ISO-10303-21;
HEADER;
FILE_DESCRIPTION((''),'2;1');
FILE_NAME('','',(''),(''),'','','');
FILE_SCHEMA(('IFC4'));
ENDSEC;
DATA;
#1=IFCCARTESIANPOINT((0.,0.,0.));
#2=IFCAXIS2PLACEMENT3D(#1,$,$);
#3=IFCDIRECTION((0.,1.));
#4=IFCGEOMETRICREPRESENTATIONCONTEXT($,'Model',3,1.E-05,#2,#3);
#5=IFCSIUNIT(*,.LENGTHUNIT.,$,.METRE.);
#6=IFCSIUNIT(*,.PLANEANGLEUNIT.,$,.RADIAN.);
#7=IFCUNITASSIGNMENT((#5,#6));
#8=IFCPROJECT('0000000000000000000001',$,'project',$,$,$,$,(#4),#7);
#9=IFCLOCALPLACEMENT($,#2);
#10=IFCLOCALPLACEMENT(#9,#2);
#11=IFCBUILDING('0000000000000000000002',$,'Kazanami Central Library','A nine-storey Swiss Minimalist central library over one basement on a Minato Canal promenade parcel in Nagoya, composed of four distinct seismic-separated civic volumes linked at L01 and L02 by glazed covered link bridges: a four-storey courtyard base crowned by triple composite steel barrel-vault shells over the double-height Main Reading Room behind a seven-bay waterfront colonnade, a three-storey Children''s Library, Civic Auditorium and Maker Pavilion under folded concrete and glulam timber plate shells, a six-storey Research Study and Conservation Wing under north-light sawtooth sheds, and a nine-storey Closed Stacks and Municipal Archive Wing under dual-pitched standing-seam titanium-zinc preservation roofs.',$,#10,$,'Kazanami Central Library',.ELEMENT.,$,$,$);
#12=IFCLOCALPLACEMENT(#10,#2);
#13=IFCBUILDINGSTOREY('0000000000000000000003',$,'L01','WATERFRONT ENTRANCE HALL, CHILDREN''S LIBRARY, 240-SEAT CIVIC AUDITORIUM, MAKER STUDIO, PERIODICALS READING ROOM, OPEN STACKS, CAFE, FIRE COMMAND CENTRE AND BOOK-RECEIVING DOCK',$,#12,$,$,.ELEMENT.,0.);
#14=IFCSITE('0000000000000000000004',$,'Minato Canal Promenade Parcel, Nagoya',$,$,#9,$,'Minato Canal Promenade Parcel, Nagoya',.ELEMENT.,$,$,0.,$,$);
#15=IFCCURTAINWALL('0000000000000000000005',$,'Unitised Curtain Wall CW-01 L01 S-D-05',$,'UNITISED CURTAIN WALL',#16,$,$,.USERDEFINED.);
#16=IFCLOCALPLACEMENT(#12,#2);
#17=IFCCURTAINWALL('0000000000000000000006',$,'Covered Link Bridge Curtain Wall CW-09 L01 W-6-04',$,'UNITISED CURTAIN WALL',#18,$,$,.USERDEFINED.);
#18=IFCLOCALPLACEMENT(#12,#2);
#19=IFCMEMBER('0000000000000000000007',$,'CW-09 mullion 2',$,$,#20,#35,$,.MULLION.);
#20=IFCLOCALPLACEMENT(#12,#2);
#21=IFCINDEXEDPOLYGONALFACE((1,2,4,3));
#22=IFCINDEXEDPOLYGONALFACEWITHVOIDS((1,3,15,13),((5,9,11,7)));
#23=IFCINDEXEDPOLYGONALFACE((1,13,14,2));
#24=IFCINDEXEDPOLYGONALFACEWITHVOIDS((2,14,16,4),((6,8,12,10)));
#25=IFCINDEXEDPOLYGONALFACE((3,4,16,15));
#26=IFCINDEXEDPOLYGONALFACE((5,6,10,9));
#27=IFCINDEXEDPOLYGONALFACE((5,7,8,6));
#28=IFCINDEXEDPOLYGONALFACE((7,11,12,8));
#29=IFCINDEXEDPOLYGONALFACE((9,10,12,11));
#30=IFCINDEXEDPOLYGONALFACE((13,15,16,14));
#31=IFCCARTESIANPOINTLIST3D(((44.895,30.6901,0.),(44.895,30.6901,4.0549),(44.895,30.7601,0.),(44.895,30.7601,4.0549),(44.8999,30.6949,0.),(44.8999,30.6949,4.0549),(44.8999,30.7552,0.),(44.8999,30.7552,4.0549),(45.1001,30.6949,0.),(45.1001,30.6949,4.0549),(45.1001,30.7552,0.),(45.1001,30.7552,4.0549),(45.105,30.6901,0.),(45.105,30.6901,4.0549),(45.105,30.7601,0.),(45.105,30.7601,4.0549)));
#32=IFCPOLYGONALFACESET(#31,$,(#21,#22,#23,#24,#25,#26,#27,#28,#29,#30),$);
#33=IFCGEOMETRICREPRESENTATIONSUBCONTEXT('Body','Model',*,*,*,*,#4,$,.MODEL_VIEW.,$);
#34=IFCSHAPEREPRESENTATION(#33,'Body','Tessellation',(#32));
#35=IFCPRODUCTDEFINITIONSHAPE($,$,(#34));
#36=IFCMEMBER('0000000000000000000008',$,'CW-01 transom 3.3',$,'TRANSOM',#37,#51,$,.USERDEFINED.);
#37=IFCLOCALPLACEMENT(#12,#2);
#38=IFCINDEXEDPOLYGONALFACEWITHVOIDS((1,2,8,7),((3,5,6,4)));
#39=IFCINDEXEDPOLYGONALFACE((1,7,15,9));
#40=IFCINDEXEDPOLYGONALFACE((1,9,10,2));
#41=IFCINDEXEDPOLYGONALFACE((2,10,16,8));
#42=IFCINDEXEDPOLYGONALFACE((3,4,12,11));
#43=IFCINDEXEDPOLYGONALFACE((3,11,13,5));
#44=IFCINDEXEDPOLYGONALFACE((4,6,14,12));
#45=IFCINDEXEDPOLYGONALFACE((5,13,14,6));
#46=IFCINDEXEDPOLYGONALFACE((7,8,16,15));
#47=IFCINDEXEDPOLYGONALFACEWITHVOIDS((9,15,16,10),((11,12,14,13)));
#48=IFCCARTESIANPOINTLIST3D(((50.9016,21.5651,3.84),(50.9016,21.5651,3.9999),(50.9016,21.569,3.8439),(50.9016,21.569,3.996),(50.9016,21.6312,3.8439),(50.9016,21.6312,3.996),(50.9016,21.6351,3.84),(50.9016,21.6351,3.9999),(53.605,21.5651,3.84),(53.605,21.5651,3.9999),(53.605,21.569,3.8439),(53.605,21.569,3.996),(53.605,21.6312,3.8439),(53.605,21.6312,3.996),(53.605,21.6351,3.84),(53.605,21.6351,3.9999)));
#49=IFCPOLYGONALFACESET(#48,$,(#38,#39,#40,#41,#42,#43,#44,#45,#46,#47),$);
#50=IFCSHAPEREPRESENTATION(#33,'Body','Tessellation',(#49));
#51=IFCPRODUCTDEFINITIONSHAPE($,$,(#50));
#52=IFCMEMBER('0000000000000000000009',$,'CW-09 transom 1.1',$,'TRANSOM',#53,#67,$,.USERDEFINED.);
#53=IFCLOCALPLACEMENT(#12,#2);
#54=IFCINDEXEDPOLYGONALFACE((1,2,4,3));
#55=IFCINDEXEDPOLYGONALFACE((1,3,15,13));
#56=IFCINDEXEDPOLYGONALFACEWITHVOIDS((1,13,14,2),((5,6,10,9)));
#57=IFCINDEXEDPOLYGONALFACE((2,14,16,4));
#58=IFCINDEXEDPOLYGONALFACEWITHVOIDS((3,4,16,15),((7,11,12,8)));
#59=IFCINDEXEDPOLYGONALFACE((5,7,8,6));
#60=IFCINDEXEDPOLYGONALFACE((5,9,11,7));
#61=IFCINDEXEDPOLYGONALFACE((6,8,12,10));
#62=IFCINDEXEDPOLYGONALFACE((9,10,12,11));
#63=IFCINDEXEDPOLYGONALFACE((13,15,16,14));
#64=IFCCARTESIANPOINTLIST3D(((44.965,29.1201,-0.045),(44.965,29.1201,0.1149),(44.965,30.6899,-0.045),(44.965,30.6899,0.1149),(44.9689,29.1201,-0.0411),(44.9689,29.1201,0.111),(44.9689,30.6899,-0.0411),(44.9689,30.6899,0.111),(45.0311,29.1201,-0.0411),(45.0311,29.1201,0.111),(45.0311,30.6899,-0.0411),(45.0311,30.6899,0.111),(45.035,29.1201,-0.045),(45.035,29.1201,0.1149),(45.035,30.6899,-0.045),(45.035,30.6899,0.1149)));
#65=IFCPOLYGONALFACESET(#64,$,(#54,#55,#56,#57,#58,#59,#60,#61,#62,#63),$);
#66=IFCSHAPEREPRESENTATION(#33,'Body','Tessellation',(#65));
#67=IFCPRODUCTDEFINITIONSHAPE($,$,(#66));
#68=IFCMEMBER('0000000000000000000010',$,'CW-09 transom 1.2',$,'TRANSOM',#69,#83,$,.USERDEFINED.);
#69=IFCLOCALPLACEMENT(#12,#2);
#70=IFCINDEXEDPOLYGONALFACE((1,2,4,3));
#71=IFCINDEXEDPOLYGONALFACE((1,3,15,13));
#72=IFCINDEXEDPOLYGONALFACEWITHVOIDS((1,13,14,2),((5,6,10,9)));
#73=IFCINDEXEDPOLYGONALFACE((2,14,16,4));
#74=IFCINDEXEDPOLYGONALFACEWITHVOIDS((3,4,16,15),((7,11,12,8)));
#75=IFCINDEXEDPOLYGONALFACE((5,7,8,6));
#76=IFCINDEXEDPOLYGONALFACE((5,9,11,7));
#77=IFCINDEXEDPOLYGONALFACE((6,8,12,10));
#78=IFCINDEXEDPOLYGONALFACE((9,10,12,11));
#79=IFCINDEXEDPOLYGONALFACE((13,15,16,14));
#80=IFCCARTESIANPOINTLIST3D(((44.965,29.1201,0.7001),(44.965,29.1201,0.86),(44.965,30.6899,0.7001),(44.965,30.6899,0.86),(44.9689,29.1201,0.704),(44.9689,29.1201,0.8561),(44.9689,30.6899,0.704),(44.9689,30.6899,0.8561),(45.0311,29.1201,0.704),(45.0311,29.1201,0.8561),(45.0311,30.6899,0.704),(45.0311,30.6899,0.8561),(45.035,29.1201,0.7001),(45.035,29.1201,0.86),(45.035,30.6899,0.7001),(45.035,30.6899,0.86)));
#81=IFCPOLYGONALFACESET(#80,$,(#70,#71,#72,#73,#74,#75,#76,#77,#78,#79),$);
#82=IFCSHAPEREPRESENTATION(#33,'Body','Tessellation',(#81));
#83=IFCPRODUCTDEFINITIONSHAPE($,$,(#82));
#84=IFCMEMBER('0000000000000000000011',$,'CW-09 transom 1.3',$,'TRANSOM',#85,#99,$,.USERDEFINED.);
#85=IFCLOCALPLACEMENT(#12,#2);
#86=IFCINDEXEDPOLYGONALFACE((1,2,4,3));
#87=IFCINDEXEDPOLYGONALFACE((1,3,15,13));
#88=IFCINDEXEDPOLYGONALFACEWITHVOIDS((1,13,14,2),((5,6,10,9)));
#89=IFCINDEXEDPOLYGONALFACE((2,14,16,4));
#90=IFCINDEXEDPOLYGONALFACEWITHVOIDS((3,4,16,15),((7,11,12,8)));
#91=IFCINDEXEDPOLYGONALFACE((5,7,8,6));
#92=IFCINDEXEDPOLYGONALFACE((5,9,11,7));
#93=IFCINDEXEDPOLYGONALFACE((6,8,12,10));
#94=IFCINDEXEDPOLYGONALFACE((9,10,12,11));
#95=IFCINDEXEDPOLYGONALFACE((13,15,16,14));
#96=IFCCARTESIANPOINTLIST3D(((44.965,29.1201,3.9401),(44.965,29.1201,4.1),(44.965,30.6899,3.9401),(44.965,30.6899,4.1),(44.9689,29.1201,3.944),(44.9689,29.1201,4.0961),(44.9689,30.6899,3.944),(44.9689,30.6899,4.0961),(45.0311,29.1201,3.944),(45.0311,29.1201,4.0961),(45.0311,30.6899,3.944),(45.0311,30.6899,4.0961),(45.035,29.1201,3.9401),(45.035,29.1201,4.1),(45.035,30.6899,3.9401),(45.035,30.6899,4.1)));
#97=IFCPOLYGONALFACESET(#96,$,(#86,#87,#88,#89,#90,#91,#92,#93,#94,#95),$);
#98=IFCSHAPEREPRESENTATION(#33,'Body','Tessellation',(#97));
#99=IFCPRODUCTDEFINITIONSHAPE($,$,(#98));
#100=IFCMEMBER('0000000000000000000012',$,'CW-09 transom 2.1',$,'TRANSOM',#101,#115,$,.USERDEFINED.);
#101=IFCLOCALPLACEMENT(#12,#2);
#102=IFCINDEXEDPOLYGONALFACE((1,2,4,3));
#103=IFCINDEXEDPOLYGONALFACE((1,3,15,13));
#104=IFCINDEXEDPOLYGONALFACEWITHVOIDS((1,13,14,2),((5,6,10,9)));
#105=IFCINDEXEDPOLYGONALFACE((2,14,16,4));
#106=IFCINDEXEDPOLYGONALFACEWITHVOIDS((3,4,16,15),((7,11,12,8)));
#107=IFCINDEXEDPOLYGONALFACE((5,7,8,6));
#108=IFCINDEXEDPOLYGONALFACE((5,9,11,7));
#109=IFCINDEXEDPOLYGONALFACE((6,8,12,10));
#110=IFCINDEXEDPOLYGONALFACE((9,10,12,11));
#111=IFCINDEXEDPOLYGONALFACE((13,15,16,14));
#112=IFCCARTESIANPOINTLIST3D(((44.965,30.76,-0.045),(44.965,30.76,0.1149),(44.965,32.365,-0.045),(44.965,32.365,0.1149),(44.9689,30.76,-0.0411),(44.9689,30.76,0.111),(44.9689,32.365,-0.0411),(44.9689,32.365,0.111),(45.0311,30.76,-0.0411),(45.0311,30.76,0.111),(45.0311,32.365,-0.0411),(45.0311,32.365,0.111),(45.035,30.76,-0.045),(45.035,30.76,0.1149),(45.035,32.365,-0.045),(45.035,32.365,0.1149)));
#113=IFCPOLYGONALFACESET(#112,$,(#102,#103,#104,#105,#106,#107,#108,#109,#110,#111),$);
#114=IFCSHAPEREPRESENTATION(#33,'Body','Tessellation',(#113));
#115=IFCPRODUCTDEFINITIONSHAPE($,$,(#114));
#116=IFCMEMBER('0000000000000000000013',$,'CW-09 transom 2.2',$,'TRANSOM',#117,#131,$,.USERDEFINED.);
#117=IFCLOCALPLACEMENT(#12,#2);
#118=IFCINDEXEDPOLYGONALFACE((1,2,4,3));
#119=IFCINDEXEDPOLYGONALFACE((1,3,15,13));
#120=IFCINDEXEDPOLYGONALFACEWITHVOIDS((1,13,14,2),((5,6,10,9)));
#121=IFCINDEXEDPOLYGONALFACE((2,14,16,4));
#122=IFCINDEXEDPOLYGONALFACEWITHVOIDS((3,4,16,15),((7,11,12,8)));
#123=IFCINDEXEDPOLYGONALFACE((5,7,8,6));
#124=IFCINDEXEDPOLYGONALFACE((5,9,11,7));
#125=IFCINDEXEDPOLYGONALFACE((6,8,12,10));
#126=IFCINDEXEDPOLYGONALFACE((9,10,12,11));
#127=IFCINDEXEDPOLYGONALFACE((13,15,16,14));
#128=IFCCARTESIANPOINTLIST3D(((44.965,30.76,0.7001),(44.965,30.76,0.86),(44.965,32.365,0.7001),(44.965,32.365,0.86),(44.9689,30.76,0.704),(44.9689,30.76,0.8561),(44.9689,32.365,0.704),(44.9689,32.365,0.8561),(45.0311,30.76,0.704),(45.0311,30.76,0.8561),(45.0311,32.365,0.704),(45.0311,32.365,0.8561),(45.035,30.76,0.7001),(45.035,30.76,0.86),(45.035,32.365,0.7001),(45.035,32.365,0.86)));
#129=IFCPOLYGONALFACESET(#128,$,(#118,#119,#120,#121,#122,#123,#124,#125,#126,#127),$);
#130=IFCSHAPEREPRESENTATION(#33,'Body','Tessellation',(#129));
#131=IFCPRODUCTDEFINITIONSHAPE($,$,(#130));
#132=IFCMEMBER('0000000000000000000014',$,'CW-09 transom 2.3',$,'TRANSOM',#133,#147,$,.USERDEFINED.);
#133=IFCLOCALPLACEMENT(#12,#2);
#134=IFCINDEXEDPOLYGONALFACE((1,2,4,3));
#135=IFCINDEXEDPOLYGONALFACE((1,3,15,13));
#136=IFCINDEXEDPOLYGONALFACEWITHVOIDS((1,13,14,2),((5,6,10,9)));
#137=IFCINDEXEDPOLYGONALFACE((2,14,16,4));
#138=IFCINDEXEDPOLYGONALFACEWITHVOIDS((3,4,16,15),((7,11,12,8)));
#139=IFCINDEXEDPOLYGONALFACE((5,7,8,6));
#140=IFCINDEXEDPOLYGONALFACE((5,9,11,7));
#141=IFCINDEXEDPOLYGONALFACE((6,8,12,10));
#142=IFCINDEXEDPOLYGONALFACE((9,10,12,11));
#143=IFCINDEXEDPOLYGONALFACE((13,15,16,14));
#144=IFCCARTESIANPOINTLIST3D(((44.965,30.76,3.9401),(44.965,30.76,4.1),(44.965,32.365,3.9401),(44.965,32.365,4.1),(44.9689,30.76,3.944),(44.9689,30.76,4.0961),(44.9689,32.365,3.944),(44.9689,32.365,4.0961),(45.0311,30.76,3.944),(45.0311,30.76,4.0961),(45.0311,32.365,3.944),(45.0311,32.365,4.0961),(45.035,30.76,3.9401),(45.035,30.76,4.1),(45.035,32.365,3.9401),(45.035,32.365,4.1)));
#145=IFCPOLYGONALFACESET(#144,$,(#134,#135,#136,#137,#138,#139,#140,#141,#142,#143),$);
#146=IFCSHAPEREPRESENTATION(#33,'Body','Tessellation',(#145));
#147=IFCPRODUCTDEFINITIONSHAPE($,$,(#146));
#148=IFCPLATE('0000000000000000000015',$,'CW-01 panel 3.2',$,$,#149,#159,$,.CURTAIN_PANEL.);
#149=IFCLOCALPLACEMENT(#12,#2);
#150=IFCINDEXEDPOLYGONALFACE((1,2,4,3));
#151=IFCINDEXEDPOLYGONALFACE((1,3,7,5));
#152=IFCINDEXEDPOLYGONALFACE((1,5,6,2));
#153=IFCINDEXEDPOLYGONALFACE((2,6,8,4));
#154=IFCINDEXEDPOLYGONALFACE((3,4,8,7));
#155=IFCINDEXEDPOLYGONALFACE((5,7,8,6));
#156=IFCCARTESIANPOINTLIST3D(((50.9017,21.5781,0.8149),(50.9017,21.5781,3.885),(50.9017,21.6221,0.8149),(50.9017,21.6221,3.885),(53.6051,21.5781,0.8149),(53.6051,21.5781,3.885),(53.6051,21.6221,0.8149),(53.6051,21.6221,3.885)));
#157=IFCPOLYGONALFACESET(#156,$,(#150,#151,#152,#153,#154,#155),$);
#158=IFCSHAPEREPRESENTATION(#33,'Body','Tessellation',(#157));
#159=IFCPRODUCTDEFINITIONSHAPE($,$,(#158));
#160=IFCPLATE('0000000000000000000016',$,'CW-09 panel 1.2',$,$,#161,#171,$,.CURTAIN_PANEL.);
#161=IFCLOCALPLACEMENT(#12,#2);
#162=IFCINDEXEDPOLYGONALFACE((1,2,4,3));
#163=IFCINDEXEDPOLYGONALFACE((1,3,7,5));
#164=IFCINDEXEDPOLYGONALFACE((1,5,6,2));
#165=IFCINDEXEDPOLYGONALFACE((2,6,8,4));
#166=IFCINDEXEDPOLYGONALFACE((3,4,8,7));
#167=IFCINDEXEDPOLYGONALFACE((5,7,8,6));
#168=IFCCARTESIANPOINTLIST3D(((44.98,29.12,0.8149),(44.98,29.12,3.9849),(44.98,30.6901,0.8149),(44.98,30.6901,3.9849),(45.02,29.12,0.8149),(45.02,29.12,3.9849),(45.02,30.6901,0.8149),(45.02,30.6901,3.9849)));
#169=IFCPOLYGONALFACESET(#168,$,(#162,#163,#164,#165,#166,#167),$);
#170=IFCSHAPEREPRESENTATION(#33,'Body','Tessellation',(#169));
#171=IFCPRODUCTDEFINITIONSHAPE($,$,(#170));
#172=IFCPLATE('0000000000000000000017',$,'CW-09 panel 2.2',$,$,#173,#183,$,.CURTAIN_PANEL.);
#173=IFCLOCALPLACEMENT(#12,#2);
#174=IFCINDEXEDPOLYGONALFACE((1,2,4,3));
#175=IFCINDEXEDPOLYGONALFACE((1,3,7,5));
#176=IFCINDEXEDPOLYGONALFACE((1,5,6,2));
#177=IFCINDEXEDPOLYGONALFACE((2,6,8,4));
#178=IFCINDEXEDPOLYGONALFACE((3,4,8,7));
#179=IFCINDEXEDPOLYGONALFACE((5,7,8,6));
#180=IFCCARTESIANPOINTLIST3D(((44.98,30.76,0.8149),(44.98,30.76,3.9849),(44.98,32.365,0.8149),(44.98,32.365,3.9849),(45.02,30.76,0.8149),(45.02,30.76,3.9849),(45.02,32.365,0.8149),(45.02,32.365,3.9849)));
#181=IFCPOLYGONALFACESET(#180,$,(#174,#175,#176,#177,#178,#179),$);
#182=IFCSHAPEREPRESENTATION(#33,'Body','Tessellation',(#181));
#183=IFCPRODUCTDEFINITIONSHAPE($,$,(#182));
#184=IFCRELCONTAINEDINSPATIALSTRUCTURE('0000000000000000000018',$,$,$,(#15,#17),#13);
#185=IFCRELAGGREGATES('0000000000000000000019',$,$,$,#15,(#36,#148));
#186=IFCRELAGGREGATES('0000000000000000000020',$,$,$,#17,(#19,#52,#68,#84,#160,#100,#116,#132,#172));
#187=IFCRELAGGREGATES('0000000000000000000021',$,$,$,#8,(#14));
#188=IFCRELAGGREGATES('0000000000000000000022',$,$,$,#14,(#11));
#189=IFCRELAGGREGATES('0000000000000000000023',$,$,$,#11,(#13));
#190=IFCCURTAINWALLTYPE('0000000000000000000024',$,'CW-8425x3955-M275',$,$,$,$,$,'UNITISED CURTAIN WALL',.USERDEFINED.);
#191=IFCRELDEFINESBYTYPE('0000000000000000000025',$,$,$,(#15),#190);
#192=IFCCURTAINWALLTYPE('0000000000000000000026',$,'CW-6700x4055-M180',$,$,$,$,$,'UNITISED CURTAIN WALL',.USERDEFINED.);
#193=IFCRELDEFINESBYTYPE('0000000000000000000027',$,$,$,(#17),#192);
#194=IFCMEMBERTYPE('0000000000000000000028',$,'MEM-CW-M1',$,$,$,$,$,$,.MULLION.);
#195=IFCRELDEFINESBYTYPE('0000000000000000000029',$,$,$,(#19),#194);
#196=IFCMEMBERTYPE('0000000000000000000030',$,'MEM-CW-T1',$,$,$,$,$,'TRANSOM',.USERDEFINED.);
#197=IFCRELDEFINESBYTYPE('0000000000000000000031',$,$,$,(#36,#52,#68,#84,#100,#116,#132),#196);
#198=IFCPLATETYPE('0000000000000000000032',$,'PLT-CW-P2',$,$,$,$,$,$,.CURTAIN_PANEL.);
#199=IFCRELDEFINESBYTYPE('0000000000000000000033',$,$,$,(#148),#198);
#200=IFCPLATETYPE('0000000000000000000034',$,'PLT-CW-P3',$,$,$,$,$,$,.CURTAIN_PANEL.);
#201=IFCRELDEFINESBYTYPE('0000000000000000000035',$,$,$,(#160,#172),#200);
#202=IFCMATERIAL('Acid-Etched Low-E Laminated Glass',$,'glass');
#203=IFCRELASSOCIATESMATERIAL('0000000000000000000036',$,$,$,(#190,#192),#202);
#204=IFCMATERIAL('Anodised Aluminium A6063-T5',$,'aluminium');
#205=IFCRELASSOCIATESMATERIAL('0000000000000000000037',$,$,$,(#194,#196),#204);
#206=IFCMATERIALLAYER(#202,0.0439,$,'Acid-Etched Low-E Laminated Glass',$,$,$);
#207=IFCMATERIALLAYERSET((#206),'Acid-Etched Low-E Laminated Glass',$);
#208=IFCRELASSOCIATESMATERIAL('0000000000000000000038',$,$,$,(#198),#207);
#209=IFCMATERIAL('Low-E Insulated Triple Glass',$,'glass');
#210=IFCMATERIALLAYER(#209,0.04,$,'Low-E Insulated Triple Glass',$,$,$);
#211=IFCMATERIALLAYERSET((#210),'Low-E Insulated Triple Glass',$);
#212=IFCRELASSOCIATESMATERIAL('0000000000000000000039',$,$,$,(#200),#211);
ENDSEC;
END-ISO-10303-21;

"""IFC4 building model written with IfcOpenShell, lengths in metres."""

from ifc_helpers import new_model, si_unit, direction, frame, origin, origin_2d, place, context, subcontext, project, spatial, rectangle, hollow_rectangle, extrude, material, layer, layer_set, material_profile, profile_set, type_object, element, aggregate, save


model = new_model("IFC4")

# Units and contexts
model_context = context("Model", 3, precision=1e-05, world=origin(), true_north=direction((0.0, 1.0)))
body_context = subcontext(model_context, "Body", "Model", "MODEL_VIEW")
ifc_project = project(units=[si_unit("LENGTHUNIT", "METRE"), si_unit("PLANEANGLEUNIT", "RADIAN")], contexts=[model_context])

# Site, building, storey
site_placement = place(None, origin())
site = spatial("IfcSite", under=ifc_project, at=site_placement, Name="Minato Canal Promenade Parcel, Nagoya", LongName="Minato Canal Promenade Parcel, Nagoya", CompositionType="ELEMENT", RefElevation=0.0)
building_placement = place(site_placement, origin())
building = spatial("IfcBuilding", under=site, at=building_placement, Name="Kazanami Central Library", Description="A nine-storey Swiss Minimalist central library over one basement on a Minato Canal promenade parcel in Nagoya, composed of four distinct seismic-separated civic volumes linked at L01 and L02 by glazed covered link bridges: a four-storey courtyard base crowned by triple composite steel barrel-vault shells over the double-height Main Reading Room behind a seven-bay waterfront colonnade, a three-storey Children's Library, Civic Auditorium and Maker Pavilion under folded concrete and glulam timber plate shells, a six-storey Research Study and Conservation Wing under north-light sawtooth sheds, and a nine-storey Closed Stacks and Municipal Archive Wing under dual-pitched standing-seam titanium-zinc preservation roofs.", LongName="Kazanami Central Library", CompositionType="ELEMENT")
storey_placement = place(building_placement, origin())
storey = spatial("IfcBuildingStorey", under=building, at=storey_placement, Name="L01", Description="WATERFRONT ENTRANCE HALL, CHILDREN'S LIBRARY, 240-SEAT CIVIC AUDITORIUM, MAKER STUDIO, PERIODICALS READING ROOM, OPEN STACKS, CAFE, FIRE COMMAND CENTRE AND BOOK-RECEIVING DOCK", CompositionType="ELEMENT", Elevation=0.0)

# Curtain wall
ifc_material_1 = material(Name="Acid-Etched Low-E Laminated Glass", Category="glass")
curtain_wall_type_1 = type_object("IfcCurtainWallType", Name="CW-8425x3955-M275", ElementType="UNITISED CURTAIN WALL", PredefinedType="USERDEFINED", material=ifc_material_1)
curtain_wall_1_placement = place(storey_placement, origin())
curtain_wall_1 = element("IfcCurtainWall", 1, at=curtain_wall_1_placement, inside=storey, type_object=curtain_wall_type_1, Name="Unitised Curtain Wall CW-01 L01 S-D-05", ObjectType="UNITISED CURTAIN WALL", PredefinedType="USERDEFINED")
ifc_material_2 = material(Name="Anodised Aluminium A6063-T5", Category="aluminium")
ifc_material_profile_1 = material_profile(ifc_material_2, hollow_rectangle(XDim=0.0701, YDim=0.21, WallThickness=0.0049, at=origin_2d()), Name="ALU-MULL-70x210x5")
ifc_profile_set_1 = profile_set([ifc_material_profile_1], Name="Anodised Aluminium A6063-T5")
member_type_1 = type_object("IfcMemberType", Name="MEM-CW-M1", PredefinedType="MULLION", material=ifc_profile_set_1)

# Curtain wall, member
curtain_wall_type_2 = type_object("IfcCurtainWallType", Name="CW-6700x4055-M180", ElementType="UNITISED CURTAIN WALL", PredefinedType="USERDEFINED", material=ifc_material_1)
curtain_wall_2_placement = place(storey_placement, origin())
curtain_wall_2 = element("IfcCurtainWall", 2, at=curtain_wall_2_placement, inside=storey, type_object=curtain_wall_type_2, Name="Covered Link Bridge Curtain Wall CW-09 L01 W-6-04", ObjectType="UNITISED CURTAIN WALL", PredefinedType="USERDEFINED")
member_1_placement = place(storey_placement, frame((45.0, 30.7251, 0.0), z_axis=(0.0, 0.0, 1.0), x_axis=(0.0, 1.0, 0.0)))
member_1 = element("IfcMember", 3, at=member_1_placement, type_object=member_type_1, Name="CW-09 mullion 2", PredefinedType="MULLION", context=body_context, shape_type="SweptSolid", body=[
    extrude(hollow_rectangle(XDim=0.0701, YDim=0.21, WallThickness=0.0049, at=origin_2d()), origin(), (0.0, 0.0, 1.0), 4.0549),
])

# Members
ifc_material_profile_2 = material_profile(ifc_material_2, hollow_rectangle(XDim=0.0701, YDim=0.1599, WallThickness=0.0039, at=origin_2d()), Name="ALU-TRAN-70x160x4")
ifc_profile_set_2 = profile_set([ifc_material_profile_2], Name="Anodised Aluminium A6063-T5")
member_type_2 = type_object("IfcMemberType", Name="MEM-CW-T1", ElementType="TRANSOM", PredefinedType="USERDEFINED", material=ifc_profile_set_2)
member_2_placement = place(storey_placement, frame((50.9016, 21.6001, 3.9199), z_axis=(1.0, 0.0, 0.0), x_axis=(0.0, 1.0, 0.0)))
member_2 = element("IfcMember", 4, at=member_2_placement, type_object=member_type_2, Name="CW-01 transom 3.3", ObjectType="TRANSOM", PredefinedType="USERDEFINED", context=body_context, shape_type="SweptSolid", body=[
    extrude(hollow_rectangle(XDim=0.0701, YDim=0.1599, WallThickness=0.0039, at=origin_2d()), origin(), (0.0, 0.0, 1.0), 2.7034),
])
member_3_placement = place(storey_placement, frame((45.0, 29.1201, 0.0349), z_axis=(0.0, 1.0, 0.0), x_axis=(-1.0, 0.0, 0.0)))
member_3 = element("IfcMember", 5, at=member_3_placement, type_object=member_type_2, Name="CW-09 transom 1.1", ObjectType="TRANSOM", PredefinedType="USERDEFINED", context=body_context, shape_type="SweptSolid", body=[
    extrude(hollow_rectangle(XDim=0.0701, YDim=0.1599, WallThickness=0.0039, at=origin_2d()), origin(), (0.0, 0.0, 1.0), 1.5698),
])
member_4_placement = place(storey_placement, frame((45.0, 29.1201, 0.78), z_axis=(0.0, 1.0, 0.0), x_axis=(-1.0, 0.0, 0.0)))
member_4 = element("IfcMember", 6, at=member_4_placement, type_object=member_type_2, Name="CW-09 transom 1.2", ObjectType="TRANSOM", PredefinedType="USERDEFINED", context=body_context, shape_type="SweptSolid", body=[
    extrude(hollow_rectangle(XDim=0.0701, YDim=0.1599, WallThickness=0.0039, at=origin_2d()), origin(), (0.0, 0.0, 1.0), 1.5698),
])
member_5_placement = place(storey_placement, frame((45.0, 29.1201, 4.02), z_axis=(0.0, 1.0, 0.0), x_axis=(-1.0, 0.0, 0.0)))
member_5 = element("IfcMember", 7, at=member_5_placement, type_object=member_type_2, Name="CW-09 transom 1.3", ObjectType="TRANSOM", PredefinedType="USERDEFINED", context=body_context, shape_type="SweptSolid", body=[
    extrude(hollow_rectangle(XDim=0.0701, YDim=0.1599, WallThickness=0.0039, at=origin_2d()), origin(), (0.0, 0.0, 1.0), 1.5698),
])
member_6_placement = place(storey_placement, frame((45.0, 30.76, 0.0349), z_axis=(0.0, 1.0, 0.0), x_axis=(-1.0, 0.0, 0.0)))
member_6 = element("IfcMember", 8, at=member_6_placement, type_object=member_type_2, Name="CW-09 transom 2.1", ObjectType="TRANSOM", PredefinedType="USERDEFINED", context=body_context, shape_type="SweptSolid", body=[
    extrude(hollow_rectangle(XDim=0.0701, YDim=0.1599, WallThickness=0.0039, at=origin_2d()), origin(), (0.0, 0.0, 1.0), 1.605),
])
member_7_placement = place(storey_placement, frame((45.0, 30.76, 0.78), z_axis=(0.0, 1.0, 0.0), x_axis=(-1.0, 0.0, 0.0)))
member_7 = element("IfcMember", 9, at=member_7_placement, type_object=member_type_2, Name="CW-09 transom 2.2", ObjectType="TRANSOM", PredefinedType="USERDEFINED", context=body_context, shape_type="SweptSolid", body=[
    extrude(hollow_rectangle(XDim=0.0701, YDim=0.1599, WallThickness=0.0039, at=origin_2d()), origin(), (0.0, 0.0, 1.0), 1.605),
])
member_8_placement = place(storey_placement, frame((45.0, 30.76, 4.02), z_axis=(0.0, 1.0, 0.0), x_axis=(-1.0, 0.0, 0.0)))
member_8 = element("IfcMember", 10, at=member_8_placement, type_object=member_type_2, Name="CW-09 transom 2.3", ObjectType="TRANSOM", PredefinedType="USERDEFINED", context=body_context, shape_type="SweptSolid", body=[
    extrude(hollow_rectangle(XDim=0.0701, YDim=0.1599, WallThickness=0.0039, at=origin_2d()), origin(), (0.0, 0.0, 1.0), 1.605),
])

# Plates
ifc_layer_1 = layer(ifc_material_1, 0.0439, Name="Acid-Etched Low-E Laminated Glass")
ifc_layer_set_1 = layer_set([ifc_layer_1], Name="Acid-Etched Low-E Laminated Glass")
plate_type_1 = type_object("IfcPlateType", Name="PLT-CW-P2", PredefinedType="CURTAIN_PANEL", material=ifc_layer_set_1)
plate_1_placement = place(storey_placement, frame((52.2534, 21.6001, 0.8149), z_axis=(0.0, 0.0, 1.0), x_axis=(1.0, 0.0, 0.0)))
plate_1 = element("IfcPlate", 11, at=plate_1_placement, type_object=plate_type_1, Name="CW-01 panel 3.2", PredefinedType="CURTAIN_PANEL", context=body_context, shape_type="SweptSolid", body=[
    extrude(rectangle(XDim=2.7034, YDim=0.0439, at=origin_2d()), origin(), (0.0, 0.0, 1.0), 3.0701),
])
ifc_material_3 = material(Name="Low-E Insulated Triple Glass", Category="glass")
ifc_layer_2 = layer(ifc_material_3, 0.04, Name="Low-E Insulated Triple Glass")
ifc_layer_set_2 = layer_set([ifc_layer_2], Name="Low-E Insulated Triple Glass")
plate_type_2 = type_object("IfcPlateType", Name="PLT-CW-P3", PredefinedType="CURTAIN_PANEL", material=ifc_layer_set_2)
plate_2_placement = place(storey_placement, frame((45.0, 29.905, 0.8149), z_axis=(0.0, 0.0, 1.0), x_axis=(0.0, 1.0, 0.0)))
plate_2 = element("IfcPlate", 12, at=plate_2_placement, type_object=plate_type_2, Name="CW-09 panel 1.2", PredefinedType="CURTAIN_PANEL", context=body_context, shape_type="SweptSolid", body=[
    extrude(rectangle(XDim=1.5701, YDim=0.04, at=origin_2d()), origin(), (0.0, 0.0, 1.0), 3.1699),
])
plate_3_placement = place(storey_placement, frame((45.0, 31.5625, 0.8149), z_axis=(0.0, 0.0, 1.0), x_axis=(0.0, 1.0, 0.0)))
plate_3 = element("IfcPlate", 13, at=plate_3_placement, type_object=plate_type_2, Name="CW-09 panel 2.2", PredefinedType="CURTAIN_PANEL", context=body_context, shape_type="SweptSolid", body=[
    extrude(rectangle(XDim=1.605, YDim=0.04, at=origin_2d()), origin(), (0.0, 0.0, 1.0), 3.1699),
])
aggregate(curtain_wall_1, [member_2, plate_1])
aggregate(curtain_wall_2, [member_1, member_3, member_4, member_5, plate_2, member_6, member_7, member_8, plate_3])

save(model, "model.ifc")
